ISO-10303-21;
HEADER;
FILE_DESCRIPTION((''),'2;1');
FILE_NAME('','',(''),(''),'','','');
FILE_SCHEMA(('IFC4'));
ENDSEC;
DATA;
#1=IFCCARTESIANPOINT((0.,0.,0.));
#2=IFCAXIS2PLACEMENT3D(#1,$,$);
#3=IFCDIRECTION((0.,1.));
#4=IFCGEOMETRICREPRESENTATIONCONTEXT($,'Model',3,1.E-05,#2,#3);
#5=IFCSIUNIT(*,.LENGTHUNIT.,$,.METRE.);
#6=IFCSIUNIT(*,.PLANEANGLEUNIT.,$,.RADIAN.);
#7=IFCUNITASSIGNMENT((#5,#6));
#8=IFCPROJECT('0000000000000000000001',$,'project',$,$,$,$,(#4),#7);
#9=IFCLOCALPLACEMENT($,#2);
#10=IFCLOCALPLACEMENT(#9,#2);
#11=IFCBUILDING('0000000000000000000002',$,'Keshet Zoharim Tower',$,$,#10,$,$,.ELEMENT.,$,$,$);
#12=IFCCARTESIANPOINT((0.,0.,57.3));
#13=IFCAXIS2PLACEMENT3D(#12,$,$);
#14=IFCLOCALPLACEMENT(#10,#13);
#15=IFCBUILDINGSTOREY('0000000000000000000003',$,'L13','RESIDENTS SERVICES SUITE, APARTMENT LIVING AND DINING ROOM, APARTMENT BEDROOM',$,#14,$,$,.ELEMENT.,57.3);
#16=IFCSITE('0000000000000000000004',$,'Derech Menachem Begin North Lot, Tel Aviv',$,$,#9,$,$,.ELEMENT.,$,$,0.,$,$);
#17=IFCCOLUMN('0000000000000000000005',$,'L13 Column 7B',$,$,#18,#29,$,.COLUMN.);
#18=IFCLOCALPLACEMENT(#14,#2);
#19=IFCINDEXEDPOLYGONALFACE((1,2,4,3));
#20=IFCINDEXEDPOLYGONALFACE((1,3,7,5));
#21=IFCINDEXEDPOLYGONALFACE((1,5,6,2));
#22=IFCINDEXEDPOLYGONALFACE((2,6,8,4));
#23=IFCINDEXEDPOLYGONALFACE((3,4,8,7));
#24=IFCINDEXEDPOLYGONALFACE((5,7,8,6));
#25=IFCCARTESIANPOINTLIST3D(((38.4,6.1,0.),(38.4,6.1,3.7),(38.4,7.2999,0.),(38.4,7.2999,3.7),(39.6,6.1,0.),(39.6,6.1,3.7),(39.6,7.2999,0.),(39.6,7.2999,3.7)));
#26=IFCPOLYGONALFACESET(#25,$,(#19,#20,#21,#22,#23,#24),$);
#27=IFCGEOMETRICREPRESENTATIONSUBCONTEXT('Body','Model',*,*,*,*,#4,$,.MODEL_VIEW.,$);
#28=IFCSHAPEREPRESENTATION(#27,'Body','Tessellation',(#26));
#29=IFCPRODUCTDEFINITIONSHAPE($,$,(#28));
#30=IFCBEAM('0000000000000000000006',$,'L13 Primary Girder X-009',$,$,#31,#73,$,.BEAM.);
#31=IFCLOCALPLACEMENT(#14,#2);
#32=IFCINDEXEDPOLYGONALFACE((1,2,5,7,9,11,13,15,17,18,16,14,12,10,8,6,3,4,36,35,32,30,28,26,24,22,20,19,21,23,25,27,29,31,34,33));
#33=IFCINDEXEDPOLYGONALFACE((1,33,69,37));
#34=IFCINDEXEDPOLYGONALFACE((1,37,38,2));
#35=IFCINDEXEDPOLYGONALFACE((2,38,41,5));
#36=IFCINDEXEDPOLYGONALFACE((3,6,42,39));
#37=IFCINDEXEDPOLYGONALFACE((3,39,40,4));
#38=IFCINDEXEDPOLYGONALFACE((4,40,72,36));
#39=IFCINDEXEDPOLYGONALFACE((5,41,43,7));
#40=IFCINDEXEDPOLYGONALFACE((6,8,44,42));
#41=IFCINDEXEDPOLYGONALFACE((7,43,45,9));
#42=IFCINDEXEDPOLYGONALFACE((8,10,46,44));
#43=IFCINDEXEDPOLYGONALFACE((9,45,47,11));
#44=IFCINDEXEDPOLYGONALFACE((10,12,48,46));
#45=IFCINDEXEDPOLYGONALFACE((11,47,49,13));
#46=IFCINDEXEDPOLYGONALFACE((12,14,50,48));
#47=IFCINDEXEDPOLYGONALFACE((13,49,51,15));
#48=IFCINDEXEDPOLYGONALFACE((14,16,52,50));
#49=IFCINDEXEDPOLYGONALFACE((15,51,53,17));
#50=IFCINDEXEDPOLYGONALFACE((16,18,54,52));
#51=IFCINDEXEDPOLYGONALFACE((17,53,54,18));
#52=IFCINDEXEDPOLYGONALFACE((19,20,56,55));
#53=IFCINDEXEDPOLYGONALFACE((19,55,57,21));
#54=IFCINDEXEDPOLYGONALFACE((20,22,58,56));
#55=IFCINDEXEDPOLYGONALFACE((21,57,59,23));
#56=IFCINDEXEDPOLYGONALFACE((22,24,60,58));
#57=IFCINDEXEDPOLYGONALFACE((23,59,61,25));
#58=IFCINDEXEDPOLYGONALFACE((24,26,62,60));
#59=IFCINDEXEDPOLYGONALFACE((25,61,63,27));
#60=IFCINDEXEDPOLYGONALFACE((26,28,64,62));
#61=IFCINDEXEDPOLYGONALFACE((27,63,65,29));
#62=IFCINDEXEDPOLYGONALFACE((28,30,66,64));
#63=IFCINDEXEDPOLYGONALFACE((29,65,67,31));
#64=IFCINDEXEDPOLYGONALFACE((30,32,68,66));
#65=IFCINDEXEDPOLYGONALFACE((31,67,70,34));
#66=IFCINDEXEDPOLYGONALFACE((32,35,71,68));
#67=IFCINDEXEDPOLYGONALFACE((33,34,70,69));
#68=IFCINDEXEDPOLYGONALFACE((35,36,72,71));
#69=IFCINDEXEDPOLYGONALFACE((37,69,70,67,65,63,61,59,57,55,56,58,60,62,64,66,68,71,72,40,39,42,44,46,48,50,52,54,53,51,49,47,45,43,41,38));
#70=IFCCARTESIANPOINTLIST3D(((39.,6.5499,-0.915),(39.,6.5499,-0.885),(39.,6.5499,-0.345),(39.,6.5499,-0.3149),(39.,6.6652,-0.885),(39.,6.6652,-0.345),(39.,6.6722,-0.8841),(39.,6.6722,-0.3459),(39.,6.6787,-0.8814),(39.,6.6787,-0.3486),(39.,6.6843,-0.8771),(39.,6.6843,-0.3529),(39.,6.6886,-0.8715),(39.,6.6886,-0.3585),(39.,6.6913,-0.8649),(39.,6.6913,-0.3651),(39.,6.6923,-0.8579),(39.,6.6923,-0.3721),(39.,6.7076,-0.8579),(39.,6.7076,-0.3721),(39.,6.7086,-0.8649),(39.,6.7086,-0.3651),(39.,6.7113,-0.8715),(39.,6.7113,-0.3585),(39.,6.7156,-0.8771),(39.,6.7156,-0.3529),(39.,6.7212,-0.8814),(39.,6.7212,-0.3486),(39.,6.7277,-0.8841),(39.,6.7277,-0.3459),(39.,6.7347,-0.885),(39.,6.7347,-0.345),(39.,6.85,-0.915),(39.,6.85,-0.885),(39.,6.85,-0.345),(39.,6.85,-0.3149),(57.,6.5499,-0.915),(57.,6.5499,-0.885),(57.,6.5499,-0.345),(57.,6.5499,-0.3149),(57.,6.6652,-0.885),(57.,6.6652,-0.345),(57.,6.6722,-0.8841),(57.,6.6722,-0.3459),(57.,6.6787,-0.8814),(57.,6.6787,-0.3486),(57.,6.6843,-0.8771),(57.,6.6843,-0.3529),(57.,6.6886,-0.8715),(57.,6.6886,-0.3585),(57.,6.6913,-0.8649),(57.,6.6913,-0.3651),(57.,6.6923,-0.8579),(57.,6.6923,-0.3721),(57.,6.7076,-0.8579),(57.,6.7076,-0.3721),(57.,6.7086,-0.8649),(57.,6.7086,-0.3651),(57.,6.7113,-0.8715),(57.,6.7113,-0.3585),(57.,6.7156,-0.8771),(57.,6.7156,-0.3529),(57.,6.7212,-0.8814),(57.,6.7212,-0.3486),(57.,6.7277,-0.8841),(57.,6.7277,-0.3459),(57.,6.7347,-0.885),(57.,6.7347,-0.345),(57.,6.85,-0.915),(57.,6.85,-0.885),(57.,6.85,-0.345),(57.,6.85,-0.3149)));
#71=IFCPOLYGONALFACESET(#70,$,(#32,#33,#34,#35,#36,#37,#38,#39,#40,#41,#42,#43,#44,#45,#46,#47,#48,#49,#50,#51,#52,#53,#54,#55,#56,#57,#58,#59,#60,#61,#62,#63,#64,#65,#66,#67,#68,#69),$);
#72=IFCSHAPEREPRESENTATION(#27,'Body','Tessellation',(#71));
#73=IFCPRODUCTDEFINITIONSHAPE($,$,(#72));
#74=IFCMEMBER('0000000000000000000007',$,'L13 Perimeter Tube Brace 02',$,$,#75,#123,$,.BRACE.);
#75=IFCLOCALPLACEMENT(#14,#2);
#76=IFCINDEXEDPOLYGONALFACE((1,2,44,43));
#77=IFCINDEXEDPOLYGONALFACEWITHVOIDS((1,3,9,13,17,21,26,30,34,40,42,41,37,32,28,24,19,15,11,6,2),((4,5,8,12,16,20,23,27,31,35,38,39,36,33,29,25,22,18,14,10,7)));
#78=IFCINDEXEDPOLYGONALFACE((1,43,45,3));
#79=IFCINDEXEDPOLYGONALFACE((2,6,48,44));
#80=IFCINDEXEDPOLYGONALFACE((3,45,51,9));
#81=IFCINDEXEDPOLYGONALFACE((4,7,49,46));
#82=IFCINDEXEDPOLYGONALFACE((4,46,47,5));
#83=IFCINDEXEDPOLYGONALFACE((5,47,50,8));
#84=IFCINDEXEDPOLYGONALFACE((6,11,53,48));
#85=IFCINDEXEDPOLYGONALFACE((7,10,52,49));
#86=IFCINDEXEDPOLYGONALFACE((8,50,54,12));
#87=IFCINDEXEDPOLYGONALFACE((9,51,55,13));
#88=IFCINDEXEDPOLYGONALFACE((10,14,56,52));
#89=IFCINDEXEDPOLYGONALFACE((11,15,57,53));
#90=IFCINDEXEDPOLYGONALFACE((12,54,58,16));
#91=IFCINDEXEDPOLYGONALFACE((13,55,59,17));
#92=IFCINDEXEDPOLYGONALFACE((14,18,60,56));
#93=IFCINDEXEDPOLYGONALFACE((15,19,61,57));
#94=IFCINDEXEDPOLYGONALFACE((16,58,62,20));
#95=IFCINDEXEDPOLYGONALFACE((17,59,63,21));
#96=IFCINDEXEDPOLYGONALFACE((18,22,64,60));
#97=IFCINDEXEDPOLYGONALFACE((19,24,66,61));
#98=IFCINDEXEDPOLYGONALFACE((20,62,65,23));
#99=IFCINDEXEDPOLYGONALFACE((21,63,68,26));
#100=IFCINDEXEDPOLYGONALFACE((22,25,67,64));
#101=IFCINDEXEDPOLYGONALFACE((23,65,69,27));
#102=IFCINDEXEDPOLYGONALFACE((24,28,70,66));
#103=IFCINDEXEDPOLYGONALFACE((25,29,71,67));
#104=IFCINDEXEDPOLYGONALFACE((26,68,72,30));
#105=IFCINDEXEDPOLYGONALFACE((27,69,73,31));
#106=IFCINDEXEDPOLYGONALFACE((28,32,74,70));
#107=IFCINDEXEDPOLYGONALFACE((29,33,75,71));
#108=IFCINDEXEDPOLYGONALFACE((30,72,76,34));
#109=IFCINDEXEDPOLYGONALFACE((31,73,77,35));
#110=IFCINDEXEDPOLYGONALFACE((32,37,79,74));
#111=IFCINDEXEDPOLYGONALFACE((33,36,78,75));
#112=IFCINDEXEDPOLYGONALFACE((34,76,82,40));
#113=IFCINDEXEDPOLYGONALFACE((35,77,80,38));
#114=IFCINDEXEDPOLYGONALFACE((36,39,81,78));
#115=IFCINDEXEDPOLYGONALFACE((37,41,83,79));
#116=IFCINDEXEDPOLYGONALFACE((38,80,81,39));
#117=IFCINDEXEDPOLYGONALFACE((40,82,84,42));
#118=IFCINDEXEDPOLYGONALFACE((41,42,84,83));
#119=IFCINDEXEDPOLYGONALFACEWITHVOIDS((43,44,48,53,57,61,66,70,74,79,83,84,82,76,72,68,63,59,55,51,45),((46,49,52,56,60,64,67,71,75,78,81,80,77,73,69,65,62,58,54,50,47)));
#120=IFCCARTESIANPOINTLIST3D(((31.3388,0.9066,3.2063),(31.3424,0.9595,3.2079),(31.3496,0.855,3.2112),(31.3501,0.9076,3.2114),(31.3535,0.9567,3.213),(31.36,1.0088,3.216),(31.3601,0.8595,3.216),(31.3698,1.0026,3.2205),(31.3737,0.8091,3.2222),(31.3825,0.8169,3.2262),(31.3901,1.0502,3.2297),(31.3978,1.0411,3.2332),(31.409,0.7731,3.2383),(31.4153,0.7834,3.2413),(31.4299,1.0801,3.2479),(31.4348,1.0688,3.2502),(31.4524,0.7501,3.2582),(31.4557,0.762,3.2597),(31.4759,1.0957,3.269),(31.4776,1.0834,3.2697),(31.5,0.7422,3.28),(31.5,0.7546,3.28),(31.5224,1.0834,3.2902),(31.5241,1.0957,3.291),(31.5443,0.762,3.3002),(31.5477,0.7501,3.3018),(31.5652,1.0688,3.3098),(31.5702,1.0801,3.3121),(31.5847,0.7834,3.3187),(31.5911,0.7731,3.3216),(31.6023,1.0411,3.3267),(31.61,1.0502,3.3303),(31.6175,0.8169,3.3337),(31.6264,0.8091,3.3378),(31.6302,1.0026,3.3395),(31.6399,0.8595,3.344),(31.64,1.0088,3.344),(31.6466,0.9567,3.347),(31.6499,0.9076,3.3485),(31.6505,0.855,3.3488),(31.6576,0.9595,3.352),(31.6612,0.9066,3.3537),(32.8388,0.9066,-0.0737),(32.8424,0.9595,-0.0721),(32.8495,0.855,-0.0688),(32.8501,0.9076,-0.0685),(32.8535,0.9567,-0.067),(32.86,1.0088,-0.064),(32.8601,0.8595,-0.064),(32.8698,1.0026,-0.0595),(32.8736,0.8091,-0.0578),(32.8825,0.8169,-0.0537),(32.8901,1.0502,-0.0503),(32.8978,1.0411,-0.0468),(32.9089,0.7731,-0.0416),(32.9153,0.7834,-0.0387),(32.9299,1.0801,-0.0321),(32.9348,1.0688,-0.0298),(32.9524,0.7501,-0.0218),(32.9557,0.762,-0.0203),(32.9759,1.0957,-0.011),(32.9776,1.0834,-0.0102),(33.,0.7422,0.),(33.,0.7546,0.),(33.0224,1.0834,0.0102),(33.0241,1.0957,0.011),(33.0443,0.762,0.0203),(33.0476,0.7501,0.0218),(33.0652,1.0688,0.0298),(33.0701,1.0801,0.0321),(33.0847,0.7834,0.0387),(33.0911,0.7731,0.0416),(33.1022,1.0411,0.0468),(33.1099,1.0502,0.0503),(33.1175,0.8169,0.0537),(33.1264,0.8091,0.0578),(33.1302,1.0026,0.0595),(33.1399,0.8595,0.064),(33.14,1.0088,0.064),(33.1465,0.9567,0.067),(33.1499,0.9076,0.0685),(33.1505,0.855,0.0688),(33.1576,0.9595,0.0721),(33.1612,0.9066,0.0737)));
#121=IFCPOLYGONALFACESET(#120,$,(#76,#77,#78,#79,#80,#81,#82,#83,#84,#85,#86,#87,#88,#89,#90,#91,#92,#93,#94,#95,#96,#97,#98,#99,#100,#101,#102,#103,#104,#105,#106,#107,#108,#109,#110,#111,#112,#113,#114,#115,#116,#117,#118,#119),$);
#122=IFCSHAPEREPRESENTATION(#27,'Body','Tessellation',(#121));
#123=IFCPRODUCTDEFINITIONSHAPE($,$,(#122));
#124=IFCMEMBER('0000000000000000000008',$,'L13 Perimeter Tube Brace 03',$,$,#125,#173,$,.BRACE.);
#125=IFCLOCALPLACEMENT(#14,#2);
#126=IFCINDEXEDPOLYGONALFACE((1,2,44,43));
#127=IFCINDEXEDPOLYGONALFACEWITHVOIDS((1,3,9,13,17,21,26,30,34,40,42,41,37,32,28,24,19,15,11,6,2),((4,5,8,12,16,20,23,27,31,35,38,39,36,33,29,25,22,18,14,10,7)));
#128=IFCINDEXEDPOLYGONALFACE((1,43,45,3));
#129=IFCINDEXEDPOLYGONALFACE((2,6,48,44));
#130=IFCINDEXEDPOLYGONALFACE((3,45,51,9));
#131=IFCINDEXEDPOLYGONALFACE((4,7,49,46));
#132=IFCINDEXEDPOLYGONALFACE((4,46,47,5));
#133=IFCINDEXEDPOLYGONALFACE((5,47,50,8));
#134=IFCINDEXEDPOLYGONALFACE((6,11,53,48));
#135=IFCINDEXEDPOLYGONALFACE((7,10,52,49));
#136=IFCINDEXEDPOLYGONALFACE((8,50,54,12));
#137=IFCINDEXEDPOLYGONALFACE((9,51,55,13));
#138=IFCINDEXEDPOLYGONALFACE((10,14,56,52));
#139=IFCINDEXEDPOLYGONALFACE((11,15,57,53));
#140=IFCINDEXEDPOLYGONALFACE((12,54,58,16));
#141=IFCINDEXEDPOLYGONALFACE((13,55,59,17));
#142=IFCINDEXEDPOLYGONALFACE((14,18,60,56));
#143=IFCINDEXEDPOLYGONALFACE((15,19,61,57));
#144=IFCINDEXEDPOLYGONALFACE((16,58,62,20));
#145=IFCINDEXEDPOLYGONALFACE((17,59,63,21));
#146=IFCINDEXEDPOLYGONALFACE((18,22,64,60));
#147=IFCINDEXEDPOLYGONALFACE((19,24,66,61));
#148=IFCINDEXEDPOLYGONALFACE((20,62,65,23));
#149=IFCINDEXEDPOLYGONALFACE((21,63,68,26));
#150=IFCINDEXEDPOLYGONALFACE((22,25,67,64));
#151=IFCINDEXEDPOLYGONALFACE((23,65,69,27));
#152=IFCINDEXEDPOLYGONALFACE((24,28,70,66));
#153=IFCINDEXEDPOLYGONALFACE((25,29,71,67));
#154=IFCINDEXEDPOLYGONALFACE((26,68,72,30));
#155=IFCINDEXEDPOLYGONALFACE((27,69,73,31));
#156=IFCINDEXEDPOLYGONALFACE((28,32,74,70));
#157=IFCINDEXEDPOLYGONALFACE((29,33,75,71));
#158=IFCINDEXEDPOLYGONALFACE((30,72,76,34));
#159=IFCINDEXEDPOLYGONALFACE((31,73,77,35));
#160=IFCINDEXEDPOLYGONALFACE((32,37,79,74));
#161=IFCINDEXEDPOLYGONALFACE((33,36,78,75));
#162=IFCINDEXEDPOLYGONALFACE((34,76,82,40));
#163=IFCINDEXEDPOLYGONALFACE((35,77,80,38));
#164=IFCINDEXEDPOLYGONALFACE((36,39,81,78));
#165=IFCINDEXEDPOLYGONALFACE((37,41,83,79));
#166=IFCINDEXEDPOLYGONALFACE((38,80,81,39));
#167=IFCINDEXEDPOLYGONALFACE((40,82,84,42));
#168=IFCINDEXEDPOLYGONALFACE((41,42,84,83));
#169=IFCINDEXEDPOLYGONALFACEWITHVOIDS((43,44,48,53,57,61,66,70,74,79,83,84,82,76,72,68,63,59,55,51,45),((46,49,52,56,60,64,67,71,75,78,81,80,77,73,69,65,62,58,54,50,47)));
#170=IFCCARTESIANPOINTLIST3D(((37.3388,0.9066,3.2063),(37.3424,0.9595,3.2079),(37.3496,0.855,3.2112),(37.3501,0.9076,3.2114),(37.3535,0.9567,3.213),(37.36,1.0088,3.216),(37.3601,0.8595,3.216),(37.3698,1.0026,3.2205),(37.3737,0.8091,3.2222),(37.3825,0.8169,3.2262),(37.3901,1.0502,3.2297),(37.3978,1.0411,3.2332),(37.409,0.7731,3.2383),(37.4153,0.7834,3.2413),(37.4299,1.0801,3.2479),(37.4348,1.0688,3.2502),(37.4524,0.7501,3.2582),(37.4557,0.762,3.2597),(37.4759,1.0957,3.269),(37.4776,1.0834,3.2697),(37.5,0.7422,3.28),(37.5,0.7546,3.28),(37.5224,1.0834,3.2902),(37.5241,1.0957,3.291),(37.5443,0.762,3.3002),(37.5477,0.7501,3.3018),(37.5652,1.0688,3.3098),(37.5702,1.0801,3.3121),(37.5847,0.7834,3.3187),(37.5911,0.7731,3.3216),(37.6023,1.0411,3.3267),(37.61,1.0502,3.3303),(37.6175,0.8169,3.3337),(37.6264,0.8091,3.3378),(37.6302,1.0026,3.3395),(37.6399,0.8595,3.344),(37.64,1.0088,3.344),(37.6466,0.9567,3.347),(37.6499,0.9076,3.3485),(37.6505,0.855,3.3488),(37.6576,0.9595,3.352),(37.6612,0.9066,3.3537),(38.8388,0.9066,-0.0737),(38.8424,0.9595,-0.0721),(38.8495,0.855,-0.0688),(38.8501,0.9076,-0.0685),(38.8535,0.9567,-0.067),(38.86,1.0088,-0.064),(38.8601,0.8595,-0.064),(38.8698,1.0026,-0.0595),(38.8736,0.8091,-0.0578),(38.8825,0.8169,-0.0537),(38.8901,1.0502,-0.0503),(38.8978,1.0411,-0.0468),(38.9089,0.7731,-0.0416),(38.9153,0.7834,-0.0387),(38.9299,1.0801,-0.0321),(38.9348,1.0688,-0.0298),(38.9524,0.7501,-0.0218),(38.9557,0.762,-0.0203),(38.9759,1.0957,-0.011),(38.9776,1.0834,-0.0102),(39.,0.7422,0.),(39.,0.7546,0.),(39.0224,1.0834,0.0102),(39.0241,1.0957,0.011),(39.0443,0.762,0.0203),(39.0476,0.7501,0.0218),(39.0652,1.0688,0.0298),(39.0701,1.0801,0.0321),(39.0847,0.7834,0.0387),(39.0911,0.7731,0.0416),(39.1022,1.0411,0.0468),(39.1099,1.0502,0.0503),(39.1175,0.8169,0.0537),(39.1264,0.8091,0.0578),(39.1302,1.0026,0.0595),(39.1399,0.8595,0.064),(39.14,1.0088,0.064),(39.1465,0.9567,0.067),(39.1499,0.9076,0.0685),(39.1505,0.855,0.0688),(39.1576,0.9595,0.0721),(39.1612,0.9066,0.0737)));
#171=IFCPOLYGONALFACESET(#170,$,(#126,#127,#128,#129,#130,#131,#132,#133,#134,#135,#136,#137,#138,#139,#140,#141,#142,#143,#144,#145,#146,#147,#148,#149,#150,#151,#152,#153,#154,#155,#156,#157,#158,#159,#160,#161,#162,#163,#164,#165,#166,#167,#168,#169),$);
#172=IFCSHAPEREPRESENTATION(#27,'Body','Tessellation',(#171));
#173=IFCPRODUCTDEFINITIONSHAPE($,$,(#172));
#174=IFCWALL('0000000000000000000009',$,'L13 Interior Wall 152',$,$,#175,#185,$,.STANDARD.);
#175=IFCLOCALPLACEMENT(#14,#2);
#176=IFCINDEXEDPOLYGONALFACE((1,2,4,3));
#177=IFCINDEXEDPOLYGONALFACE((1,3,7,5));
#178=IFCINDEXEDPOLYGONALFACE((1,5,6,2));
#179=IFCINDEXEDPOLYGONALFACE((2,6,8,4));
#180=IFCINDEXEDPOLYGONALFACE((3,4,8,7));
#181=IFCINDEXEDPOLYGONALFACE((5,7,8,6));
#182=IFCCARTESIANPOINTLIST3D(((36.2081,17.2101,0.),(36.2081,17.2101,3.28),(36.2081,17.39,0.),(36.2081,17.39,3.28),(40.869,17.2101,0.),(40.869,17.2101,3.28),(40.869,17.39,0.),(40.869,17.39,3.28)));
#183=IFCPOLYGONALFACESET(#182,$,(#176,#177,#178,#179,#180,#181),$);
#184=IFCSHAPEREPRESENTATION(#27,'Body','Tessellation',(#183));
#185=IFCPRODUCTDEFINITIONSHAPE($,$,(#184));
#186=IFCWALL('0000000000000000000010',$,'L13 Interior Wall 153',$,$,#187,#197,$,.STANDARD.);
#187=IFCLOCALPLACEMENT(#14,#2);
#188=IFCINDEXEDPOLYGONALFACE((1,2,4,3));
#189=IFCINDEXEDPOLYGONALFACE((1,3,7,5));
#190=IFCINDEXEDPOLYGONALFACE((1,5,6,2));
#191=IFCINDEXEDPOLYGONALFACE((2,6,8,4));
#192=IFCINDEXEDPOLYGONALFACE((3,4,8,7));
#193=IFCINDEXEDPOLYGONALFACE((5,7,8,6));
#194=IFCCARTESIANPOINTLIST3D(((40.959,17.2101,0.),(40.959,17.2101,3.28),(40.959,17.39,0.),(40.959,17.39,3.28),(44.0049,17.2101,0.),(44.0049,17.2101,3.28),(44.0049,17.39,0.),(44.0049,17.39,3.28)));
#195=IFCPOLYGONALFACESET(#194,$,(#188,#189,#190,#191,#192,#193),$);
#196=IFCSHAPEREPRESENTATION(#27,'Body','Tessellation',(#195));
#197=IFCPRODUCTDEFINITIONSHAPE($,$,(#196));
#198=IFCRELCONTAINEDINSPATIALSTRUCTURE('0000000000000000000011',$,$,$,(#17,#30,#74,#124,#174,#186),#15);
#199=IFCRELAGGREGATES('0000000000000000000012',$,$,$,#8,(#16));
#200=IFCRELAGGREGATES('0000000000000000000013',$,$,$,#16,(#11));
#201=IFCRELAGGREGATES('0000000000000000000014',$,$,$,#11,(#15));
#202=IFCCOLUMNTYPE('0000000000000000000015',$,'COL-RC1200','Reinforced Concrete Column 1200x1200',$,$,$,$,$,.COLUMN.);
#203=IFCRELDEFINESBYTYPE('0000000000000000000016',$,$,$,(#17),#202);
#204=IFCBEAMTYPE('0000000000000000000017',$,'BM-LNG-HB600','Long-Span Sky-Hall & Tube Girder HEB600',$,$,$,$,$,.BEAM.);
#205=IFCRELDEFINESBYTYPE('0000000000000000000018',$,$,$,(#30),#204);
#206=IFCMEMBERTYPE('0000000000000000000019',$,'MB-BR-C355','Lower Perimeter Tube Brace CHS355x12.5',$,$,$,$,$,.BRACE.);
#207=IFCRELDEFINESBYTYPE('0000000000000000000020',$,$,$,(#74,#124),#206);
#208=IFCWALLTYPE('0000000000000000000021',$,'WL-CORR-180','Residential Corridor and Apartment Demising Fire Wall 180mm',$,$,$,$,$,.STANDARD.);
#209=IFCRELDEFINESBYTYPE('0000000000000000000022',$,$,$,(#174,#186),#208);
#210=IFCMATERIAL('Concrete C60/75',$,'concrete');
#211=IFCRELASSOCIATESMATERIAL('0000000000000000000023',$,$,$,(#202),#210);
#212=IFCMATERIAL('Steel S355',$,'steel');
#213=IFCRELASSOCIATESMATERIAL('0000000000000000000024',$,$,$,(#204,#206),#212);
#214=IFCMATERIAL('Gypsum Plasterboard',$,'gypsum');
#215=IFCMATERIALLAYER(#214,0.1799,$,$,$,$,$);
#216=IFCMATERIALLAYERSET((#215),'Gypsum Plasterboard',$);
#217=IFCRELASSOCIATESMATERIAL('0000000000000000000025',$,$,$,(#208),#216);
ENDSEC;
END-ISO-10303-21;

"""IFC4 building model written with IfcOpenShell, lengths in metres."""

from ifc_helpers import new_model, si_unit, direction, frame, frame_2d, origin, origin_2d, place, context, subcontext, project, spatial, rectangle, hollow_circle, i_section, extrude, material, layer, layer_set, material_profile, profile_set, type_object, element, save


model = new_model("IFC4")

# Units and contexts
model_context = context("Model", 3, precision=1e-05, world=origin(), true_north=direction((0.0, 1.0)))
body_context = subcontext(model_context, "Body", "Model", "MODEL_VIEW")
ifc_project = project(units=[si_unit("LENGTHUNIT", "METRE"), si_unit("PLANEANGLEUNIT", "RADIAN")], contexts=[model_context])

# Site, building, storey
site_placement = place(None, origin())
site = spatial("IfcSite", under=ifc_project, at=site_placement, Name="Derech Menachem Begin North Lot, Tel Aviv", CompositionType="ELEMENT", RefElevation=0.0)
building_placement = place(site_placement, origin())
building = spatial("IfcBuilding", under=site, at=building_placement, Name="Keshet Zoharim Tower", CompositionType="ELEMENT")
storey_placement = place(building_placement, frame((0.0, 0.0, 57.3)))
storey = spatial("IfcBuildingStorey", under=building, at=storey_placement, Name="L13", Description="RESIDENTS SERVICES SUITE, APARTMENT LIVING AND DINING ROOM, APARTMENT BEDROOM", CompositionType="ELEMENT", Elevation=57.3)

# Column
ifc_material_1 = material(Name="Concrete C60/75", Category="concrete")
ifc_material_profile_1 = material_profile(ifc_material_1, rectangle(XDim=1.2, YDim=1.2, at=origin_2d()), Name="RC1200x1200")
ifc_profile_set_1 = profile_set([ifc_material_profile_1], Name="Concrete C60/75")
column_type = type_object("IfcColumnType", Name="COL-RC1200", Description="Reinforced Concrete Column 1200x1200", PredefinedType="COLUMN", material=ifc_profile_set_1)
column_placement = place(storey_placement, frame((39.0, 6.7, 0.0), z_axis=(0.0, 0.0, 1.0), x_axis=(1.0, 0.0, 0.0)))
element("IfcColumn", 1, at=column_placement, inside=storey, type_object=column_type, Name="L13 Column 7B", PredefinedType="COLUMN", context=body_context, shape_type="SweptSolid", body=[
    extrude(rectangle(XDim=1.2, YDim=1.2, at=origin_2d()), origin(), (0.0, 0.0, 1.0), 3.7),
])

# Beam
ifc_material_2 = material(Name="Steel S355", Category="steel")
ifc_material_profile_2 = material_profile(ifc_material_2, i_section(OverallWidth=0.3, OverallDepth=0.6001, WebThickness=0.0154, FlangeThickness=0.03, FilletRadius=0.0271, at=origin_2d()), Name="HEB600")
ifc_profile_set_2 = profile_set([ifc_material_profile_2], Name="Steel S355")
beam_type = type_object("IfcBeamType", Name="BM-LNG-HB600", Description="Long-Span Sky-Hall & Tube Girder HEB600", PredefinedType="BEAM", material=ifc_profile_set_2)
beam_placement = place(storey_placement, frame((39.0, 6.7, -0.615), z_axis=(1.0, 0.0, 0.0), x_axis=(0.0, 1.0, 0.0)))
element("IfcBeam", 2, at=beam_placement, inside=storey, type_object=beam_type, Name="L13 Primary Girder X-009", PredefinedType="BEAM", context=body_context, shape_type="SweptSolid", body=[
    extrude(i_section(OverallWidth=0.3, OverallDepth=0.6001, WebThickness=0.0154, FlangeThickness=0.03, FilletRadius=0.0271, at=origin_2d()), origin(), (0.0, 0.0, 1.0), 18.0),
])

# Members
ifc_material_profile_3 = material_profile(ifc_material_2, hollow_circle(Radius=0.1777, WallThickness=0.0125, at=origin_2d()), Name="CHS355x12.5")
ifc_profile_set_3 = profile_set([ifc_material_profile_3], Name="Steel S355")
member_type = type_object("IfcMemberType", Name="MB-BR-C355", Description="Lower Perimeter Tube Brace CHS355x12.5", PredefinedType="BRACE", material=ifc_profile_set_3)
for number, where, z_axis, x_axis, name in (
    (3, (33.0, 0.9199, 0.0), (-0.415888, 0.0, 0.909416), (0.0, -1.0, 0.0), "L13 Perimeter Tube Brace 02"),
    (4, (39.0, 0.9199, 0.0), (-0.415888, 0.0, 0.909416), (0.0, -1.0, 0.0), "L13 Perimeter Tube Brace 03"),
):
    element("IfcMember", number, at=place(storey_placement, frame(where, z_axis=z_axis, x_axis=x_axis)), inside=storey, type_object=member_type, Name=name, PredefinedType="BRACE", context=body_context, shape_type="SweptSolid", body=[
        extrude(hollow_circle(Radius=0.1777, WallThickness=0.0125, at=origin_2d()), origin(), (0.0, 0.0, 1.0), 3.6067),
    ])

# Walls
ifc_material_3 = material(Name="Gypsum Plasterboard", Category="gypsum")
ifc_layer_1 = layer(ifc_material_3, 0.1799)
ifc_layer_set_1 = layer_set([ifc_layer_1], Name="Gypsum Plasterboard")
wall_type_1 = type_object("IfcWallType", Name="WL-CORR-180", Description="Residential Corridor and Apartment Demising Fire Wall 180mm", PredefinedType="STANDARD", material=ifc_layer_set_1)
wall_1_placement = place(storey_placement, frame((36.208, 17.3, 0.0), z_axis=(0.0, 0.0, 1.0), x_axis=(1.0, 0.0, 0.0)))
element("IfcWall", 5, at=wall_1_placement, inside=storey, type_object=wall_type_1, Name="L13 Interior Wall 152", PredefinedType="STANDARD", context=body_context, shape_type="SweptSolid", body=[
    extrude(rectangle(XDim=4.6609, YDim=0.1799, at=frame_2d((2.3306, 0.0))), origin(), (0.0, 0.0, 1.0), 3.28),
])
wall_2_placement = place(storey_placement, frame((40.959, 17.3, 0.0), z_axis=(0.0, 0.0, 1.0), x_axis=(1.0, 0.0, 0.0)))
element("IfcWall", 6, at=wall_2_placement, inside=storey, type_object=wall_type_1, Name="L13 Interior Wall 153", PredefinedType="STANDARD", context=body_context, shape_type="SweptSolid", body=[
    extrude(rectangle(XDim=3.0459, YDim=0.1799, at=frame_2d((1.5229, 0.0))), origin(), (0.0, 0.0, 1.0), 3.28),
])

save(model, "model.ifc")
